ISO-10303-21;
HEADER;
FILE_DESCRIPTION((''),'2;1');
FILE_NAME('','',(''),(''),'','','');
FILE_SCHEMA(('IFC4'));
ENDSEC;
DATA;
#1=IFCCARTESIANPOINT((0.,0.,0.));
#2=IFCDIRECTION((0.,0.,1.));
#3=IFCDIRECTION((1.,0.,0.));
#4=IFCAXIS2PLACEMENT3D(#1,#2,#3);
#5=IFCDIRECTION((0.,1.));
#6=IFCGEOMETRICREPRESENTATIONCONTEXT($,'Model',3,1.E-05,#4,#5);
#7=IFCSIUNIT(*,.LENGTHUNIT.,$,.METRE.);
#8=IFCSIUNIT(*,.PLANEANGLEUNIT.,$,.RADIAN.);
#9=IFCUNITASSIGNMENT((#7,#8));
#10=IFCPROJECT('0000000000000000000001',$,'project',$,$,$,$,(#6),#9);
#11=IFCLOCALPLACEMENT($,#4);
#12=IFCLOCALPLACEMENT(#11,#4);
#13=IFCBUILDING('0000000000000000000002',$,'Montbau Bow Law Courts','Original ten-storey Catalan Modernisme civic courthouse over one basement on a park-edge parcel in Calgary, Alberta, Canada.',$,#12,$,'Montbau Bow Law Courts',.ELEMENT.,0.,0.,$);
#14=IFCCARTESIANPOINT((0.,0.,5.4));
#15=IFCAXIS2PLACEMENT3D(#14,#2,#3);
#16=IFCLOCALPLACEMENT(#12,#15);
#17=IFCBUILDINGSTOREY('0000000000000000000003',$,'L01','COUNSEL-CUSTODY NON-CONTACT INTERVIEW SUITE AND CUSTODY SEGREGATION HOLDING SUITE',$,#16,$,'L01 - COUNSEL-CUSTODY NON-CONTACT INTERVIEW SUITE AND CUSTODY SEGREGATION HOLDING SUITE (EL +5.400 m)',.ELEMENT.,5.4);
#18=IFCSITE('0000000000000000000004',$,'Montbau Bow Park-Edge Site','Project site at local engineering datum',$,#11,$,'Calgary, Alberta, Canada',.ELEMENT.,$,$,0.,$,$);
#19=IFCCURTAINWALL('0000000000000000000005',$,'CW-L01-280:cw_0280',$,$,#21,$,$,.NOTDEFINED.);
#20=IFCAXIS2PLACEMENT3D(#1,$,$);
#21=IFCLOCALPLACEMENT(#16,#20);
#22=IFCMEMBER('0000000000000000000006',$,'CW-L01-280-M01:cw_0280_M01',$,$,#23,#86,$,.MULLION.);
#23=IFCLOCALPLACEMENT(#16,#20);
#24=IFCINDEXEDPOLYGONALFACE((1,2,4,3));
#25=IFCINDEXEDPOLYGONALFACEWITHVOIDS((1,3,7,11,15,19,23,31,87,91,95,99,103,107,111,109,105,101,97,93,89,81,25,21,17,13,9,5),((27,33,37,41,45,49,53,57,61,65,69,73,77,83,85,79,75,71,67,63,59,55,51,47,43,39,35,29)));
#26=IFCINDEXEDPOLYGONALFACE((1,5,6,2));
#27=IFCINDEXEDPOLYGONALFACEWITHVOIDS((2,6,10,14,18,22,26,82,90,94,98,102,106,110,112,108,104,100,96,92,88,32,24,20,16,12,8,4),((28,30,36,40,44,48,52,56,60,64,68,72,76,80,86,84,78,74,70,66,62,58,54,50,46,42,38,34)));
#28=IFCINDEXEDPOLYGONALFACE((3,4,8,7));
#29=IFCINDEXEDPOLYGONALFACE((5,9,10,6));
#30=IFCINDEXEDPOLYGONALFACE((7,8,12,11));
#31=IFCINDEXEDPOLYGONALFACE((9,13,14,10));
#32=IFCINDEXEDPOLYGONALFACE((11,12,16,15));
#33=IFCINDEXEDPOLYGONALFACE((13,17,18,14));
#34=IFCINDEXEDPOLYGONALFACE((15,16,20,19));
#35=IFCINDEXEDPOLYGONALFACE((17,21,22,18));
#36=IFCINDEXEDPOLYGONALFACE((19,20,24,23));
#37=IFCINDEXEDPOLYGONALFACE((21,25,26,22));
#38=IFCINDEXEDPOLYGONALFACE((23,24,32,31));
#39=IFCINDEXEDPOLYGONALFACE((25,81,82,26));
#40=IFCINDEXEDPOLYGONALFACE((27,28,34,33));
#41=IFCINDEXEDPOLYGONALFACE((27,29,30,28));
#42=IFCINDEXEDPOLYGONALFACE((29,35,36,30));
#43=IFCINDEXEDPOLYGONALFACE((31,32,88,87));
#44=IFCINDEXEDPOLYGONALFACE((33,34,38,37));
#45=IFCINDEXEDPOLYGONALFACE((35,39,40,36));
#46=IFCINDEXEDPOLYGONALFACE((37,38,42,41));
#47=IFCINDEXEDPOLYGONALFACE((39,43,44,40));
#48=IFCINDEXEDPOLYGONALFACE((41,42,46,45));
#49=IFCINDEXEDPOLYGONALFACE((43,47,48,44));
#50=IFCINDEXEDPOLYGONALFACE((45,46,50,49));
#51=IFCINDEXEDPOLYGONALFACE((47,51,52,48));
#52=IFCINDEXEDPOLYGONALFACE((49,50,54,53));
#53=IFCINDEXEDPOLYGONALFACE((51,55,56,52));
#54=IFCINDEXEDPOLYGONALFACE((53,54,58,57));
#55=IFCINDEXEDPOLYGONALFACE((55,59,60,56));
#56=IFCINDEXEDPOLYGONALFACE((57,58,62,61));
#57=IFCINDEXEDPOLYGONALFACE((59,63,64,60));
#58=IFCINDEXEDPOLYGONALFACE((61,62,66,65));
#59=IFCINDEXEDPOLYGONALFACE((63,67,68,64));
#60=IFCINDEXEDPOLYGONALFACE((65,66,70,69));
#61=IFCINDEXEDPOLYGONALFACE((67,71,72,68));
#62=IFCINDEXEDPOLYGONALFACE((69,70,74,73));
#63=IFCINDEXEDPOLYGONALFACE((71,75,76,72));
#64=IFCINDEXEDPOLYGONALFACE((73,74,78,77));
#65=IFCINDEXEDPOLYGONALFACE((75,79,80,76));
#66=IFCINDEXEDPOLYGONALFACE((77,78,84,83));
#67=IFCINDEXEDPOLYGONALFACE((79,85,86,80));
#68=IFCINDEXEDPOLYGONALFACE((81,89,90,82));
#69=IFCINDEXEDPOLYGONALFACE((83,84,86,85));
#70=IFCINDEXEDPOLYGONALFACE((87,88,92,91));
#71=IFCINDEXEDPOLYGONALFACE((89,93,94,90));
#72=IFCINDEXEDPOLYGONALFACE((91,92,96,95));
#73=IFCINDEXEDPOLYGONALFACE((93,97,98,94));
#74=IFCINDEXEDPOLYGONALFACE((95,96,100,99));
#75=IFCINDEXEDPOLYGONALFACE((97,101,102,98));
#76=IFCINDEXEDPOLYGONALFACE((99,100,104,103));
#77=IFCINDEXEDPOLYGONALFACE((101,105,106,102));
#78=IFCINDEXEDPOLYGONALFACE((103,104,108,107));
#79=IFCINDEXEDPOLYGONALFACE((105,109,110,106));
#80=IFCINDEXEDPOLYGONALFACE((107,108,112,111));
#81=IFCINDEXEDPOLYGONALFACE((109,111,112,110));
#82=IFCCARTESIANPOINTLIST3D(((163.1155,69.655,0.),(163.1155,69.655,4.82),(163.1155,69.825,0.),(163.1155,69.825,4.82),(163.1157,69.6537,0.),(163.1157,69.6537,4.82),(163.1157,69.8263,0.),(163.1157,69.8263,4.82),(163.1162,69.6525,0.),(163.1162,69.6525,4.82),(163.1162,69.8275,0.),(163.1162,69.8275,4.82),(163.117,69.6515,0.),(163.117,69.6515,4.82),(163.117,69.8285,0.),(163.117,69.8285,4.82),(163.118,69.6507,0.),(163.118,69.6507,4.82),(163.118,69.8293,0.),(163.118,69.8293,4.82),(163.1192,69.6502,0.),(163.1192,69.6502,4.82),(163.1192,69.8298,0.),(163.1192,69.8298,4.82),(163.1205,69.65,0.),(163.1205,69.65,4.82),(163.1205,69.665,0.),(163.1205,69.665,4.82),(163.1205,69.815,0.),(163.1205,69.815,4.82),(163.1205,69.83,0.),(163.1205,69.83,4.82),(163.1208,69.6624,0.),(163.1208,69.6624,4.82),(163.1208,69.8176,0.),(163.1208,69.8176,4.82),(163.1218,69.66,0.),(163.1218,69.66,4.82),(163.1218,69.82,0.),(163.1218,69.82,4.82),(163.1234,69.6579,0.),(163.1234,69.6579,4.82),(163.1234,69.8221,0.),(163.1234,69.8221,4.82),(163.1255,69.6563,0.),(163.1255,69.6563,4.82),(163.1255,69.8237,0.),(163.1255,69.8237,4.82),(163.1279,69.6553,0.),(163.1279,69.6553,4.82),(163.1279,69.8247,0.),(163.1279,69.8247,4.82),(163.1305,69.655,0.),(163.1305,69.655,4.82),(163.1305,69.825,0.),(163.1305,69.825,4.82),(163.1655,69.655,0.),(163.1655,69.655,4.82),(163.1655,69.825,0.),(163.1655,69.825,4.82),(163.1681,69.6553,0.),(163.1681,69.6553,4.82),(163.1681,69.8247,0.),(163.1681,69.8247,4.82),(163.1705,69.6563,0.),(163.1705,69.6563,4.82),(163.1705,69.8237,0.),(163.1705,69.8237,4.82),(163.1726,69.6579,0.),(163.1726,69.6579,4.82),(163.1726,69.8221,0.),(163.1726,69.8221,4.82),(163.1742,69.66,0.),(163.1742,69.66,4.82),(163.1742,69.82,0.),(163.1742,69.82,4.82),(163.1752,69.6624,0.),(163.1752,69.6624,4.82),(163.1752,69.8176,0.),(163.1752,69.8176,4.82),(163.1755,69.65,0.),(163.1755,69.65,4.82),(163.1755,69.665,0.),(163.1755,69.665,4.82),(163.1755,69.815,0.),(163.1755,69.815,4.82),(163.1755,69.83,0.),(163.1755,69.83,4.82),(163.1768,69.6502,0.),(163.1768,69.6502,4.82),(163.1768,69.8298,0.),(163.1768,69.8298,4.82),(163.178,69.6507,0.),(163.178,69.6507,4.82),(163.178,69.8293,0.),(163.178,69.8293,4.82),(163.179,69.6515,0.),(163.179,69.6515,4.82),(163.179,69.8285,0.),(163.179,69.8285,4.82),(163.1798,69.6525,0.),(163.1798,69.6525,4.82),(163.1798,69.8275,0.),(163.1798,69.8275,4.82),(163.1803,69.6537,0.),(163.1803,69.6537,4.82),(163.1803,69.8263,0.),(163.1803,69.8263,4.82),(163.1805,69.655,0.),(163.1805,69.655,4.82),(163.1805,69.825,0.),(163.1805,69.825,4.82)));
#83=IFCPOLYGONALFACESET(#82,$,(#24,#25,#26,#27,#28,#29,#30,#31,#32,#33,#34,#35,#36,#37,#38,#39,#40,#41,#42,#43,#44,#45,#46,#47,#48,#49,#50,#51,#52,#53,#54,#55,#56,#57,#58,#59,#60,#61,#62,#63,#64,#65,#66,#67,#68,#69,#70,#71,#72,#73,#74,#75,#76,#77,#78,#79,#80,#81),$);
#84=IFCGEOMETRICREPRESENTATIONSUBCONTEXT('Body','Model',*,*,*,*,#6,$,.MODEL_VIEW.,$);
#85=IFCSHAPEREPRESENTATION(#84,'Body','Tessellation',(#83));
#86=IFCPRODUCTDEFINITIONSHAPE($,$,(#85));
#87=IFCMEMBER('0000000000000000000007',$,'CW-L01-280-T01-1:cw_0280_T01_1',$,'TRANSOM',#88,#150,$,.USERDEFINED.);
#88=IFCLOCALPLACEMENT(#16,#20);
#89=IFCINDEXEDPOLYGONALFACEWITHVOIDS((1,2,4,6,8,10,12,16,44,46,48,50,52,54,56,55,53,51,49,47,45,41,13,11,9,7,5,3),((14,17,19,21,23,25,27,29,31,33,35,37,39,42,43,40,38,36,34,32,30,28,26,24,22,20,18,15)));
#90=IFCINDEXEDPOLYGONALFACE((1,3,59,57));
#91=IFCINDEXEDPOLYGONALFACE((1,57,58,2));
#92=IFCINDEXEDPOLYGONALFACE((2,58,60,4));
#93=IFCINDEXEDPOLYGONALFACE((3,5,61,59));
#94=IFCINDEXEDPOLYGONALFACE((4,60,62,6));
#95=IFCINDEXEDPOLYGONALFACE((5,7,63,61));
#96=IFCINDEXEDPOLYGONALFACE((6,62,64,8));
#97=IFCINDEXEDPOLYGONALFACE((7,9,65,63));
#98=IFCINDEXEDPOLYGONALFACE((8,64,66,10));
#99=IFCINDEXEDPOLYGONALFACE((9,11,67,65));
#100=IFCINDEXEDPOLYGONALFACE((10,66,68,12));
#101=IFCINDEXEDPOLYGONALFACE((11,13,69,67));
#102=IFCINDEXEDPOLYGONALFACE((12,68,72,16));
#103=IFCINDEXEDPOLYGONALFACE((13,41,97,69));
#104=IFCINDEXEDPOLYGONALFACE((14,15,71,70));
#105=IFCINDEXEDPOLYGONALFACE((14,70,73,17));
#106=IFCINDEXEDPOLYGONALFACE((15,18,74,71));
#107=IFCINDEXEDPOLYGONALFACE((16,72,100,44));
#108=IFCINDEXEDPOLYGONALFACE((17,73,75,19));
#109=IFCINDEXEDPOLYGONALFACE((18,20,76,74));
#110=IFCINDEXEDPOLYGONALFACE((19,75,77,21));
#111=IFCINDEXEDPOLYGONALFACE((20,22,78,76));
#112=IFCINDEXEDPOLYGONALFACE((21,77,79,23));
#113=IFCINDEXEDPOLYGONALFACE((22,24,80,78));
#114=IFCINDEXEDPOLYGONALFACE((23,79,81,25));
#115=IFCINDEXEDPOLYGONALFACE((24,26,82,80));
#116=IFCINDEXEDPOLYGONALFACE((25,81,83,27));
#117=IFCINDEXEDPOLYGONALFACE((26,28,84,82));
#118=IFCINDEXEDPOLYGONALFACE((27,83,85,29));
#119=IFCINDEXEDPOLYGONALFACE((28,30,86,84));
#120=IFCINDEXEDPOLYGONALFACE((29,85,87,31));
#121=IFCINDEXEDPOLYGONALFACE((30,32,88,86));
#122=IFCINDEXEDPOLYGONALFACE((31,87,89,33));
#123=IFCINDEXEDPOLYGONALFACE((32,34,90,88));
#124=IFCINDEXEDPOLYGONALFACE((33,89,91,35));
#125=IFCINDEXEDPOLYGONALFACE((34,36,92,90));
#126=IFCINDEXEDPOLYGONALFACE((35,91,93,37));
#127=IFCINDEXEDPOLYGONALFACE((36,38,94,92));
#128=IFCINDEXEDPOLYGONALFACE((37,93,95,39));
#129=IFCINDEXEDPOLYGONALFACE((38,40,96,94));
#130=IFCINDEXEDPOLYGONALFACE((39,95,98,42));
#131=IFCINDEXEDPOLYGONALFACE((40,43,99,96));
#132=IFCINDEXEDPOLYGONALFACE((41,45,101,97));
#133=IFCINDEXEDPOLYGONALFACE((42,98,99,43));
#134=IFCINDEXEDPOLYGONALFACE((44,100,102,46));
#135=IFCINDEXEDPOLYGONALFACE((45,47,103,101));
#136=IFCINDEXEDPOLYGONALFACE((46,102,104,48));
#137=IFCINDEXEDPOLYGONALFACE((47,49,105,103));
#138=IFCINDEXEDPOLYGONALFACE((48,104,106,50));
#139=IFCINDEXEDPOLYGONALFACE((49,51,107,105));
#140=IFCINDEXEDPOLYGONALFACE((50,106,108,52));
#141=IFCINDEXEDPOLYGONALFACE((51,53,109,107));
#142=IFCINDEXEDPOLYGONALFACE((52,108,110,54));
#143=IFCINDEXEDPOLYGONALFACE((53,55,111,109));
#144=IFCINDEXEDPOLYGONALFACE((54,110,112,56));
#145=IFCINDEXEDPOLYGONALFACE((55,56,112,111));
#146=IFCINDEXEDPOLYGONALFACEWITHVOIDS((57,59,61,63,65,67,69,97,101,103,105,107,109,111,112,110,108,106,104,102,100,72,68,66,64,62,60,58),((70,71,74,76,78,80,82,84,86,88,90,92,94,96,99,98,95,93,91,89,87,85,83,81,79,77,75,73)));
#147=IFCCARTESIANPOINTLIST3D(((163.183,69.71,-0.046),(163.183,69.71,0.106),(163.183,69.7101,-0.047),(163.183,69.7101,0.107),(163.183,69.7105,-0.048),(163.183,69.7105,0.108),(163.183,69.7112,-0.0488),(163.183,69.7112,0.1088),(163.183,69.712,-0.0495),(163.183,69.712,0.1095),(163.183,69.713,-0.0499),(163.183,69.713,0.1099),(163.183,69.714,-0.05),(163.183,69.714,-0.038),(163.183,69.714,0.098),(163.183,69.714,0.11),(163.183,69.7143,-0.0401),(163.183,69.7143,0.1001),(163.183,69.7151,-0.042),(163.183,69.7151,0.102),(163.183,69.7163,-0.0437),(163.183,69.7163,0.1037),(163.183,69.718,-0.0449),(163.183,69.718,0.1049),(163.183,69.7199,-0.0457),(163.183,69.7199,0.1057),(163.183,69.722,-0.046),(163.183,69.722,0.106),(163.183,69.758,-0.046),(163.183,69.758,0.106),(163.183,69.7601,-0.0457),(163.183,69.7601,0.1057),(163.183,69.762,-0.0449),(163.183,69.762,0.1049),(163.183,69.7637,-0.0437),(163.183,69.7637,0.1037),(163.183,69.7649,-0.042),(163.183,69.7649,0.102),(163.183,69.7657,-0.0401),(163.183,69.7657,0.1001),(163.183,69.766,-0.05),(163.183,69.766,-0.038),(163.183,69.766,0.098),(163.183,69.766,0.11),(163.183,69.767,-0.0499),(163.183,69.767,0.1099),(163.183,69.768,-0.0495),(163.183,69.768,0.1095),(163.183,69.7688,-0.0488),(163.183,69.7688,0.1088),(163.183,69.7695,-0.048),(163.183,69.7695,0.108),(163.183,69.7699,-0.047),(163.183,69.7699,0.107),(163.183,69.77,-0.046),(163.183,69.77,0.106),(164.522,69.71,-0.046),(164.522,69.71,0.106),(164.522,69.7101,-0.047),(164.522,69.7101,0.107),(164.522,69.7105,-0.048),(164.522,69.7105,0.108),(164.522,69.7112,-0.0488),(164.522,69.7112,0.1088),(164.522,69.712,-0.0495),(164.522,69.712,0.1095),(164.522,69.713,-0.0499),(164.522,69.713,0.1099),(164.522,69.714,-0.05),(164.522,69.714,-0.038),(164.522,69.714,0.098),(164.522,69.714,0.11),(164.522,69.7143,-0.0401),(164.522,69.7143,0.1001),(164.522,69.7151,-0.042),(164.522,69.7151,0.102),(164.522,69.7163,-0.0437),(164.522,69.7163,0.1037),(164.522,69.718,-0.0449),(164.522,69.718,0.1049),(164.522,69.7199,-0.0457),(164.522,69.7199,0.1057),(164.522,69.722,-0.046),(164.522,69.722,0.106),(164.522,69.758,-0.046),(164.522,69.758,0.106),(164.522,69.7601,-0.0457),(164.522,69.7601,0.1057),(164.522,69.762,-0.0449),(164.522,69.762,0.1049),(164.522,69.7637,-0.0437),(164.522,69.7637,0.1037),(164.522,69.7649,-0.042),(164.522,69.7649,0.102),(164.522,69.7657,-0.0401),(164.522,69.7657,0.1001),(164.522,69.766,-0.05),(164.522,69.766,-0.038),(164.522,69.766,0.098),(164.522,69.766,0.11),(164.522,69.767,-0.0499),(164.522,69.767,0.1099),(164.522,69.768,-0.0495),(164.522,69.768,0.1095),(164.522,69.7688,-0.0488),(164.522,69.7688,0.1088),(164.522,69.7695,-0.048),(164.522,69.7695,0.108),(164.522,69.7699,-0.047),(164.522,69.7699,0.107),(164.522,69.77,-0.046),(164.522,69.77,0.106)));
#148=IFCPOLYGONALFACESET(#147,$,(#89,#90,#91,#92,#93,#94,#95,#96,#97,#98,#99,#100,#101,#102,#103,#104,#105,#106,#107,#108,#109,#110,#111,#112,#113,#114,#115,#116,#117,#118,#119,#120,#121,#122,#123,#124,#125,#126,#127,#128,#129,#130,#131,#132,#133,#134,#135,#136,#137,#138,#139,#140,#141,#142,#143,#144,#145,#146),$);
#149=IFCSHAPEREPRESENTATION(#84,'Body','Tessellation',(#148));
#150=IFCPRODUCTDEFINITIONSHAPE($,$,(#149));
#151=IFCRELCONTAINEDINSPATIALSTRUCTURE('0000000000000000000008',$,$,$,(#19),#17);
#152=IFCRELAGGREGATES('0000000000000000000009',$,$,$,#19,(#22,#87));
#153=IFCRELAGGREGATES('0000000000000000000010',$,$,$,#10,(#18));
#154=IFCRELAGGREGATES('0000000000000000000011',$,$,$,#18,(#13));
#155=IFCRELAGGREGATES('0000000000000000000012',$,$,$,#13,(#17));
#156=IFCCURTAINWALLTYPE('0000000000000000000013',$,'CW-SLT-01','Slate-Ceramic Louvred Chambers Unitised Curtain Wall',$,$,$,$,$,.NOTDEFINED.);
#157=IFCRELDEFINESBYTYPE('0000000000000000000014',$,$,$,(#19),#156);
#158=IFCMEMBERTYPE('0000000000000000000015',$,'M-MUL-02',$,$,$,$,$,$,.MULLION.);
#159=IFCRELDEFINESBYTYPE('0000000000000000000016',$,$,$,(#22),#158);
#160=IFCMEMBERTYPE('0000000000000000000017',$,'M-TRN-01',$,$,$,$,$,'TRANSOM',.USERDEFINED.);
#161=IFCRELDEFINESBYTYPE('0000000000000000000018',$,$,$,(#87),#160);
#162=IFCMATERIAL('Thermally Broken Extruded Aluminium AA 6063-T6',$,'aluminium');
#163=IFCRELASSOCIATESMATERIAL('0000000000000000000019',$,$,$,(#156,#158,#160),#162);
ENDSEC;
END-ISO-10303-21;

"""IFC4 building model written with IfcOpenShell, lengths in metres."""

from ifc_helpers import new_model, si_unit, direction, frame, origin_with_axes, origin_2d_with_axis, place, context, subcontext, project, spatial, hollow_rectangle, extrude, material, material_profile, profile_set, type_object, element, aggregate, save


model = new_model("IFC4")

# Units and contexts
model_context = context("Model", 3, precision=1e-05, world=origin_with_axes(), true_north=direction((0.0, 1.0)))
body_context = subcontext(model_context, "Body", "Model", "MODEL_VIEW")
ifc_project = project(units=[si_unit("LENGTHUNIT", "METRE"), si_unit("PLANEANGLEUNIT", "RADIAN")], contexts=[model_context])

# Site, building, storey
site_placement = place(None, origin_with_axes())
site = spatial("IfcSite", under=ifc_project, at=site_placement, Name="Montbau Bow Park-Edge Site", Description="Project site at local engineering datum", LongName="Calgary, Alberta, Canada", CompositionType="ELEMENT", RefElevation=0.0)
building_placement = place(site_placement, origin_with_axes())
building = spatial("IfcBuilding", under=site, at=building_placement, Name="Montbau Bow Law Courts", Description="Original ten-storey Catalan Modernisme civic courthouse over one basement on a park-edge parcel in Calgary, Alberta, Canada.", LongName="Montbau Bow Law Courts", CompositionType="ELEMENT", ElevationOfRefHeight=0.0, ElevationOfTerrain=0.0)
storey_placement = place(building_placement, frame((0.0, 0.0, 5.4), z_axis=(0.0, 0.0, 1.0), x_axis=(1.0, 0.0, 0.0)))
storey = spatial("IfcBuildingStorey", under=building, at=storey_placement, Name="L01", Description="COUNSEL-CUSTODY NON-CONTACT INTERVIEW SUITE AND CUSTODY SEGREGATION HOLDING SUITE", LongName="L01 - COUNSEL-CUSTODY NON-CONTACT INTERVIEW SUITE AND CUSTODY SEGREGATION HOLDING SUITE (EL +5.400 m)", CompositionType="ELEMENT", Elevation=5.4)

# Curtain wall, members
ifc_material_1 = material(Name="Thermally Broken Extruded Aluminium AA 6063-T6", Category="aluminium")
curtain_wall_type = type_object("IfcCurtainWallType", Name="CW-SLT-01", Description="Slate-Ceramic Louvred Chambers Unitised Curtain Wall", PredefinedType="NOTDEFINED", material=ifc_material_1)
curtain_wall_1_placement = place(None, frame((163.115, 69.74, 5.4), z_axis=(0.0, 0.0, 1.0), x_axis=(1.0, 0.0, 0.0)))
curtain_wall_1 = element("IfcCurtainWall", 1, at=curtain_wall_1_placement, inside=storey, type_object=curtain_wall_type, Name="CW-L01-280:cw_0280", PredefinedType="NOTDEFINED")
ifc_material_profile_1 = material_profile(ifc_material_1, hollow_rectangle(XDim=0.065, YDim=0.18, WallThickness=0.005, InnerFilletRadius=0.01, OuterFilletRadius=0.005, at=origin_2d_with_axis()), Name="CWM-180X65", Category="Main", Priority=0)
ifc_profile_set_1 = profile_set([ifc_material_profile_1], Name="Thermally Broken Extruded Aluminium AA 6063-T6")
member_type_1 = type_object("IfcMemberType", Name="M-MUL-02", PredefinedType="MULLION", material=ifc_profile_set_1)
member_1_placement = place(None, frame((163.148, 69.74, 5.4), z_axis=(0.0, 0.0, 1.0), x_axis=(1.0, 0.0, 0.0)))
member_1 = element("IfcMember", 2, at=member_1_placement, type_object=member_type_1, Name="CW-L01-280-M01:cw_0280_M01", PredefinedType="MULLION", context=body_context, shape_type="SweptSolid", body=[
    extrude(hollow_rectangle(XDim=0.065, YDim=0.18, WallThickness=0.005, InnerFilletRadius=0.01, OuterFilletRadius=0.005, at=origin_2d_with_axis()), origin_with_axes(), (0.0, 0.0, 1.0), 4.82),
])
ifc_material_profile_2 = material_profile(ifc_material_1, hollow_rectangle(XDim=0.06, YDim=0.16, WallThickness=0.004, InnerFilletRadius=0.008, OuterFilletRadius=0.004, at=origin_2d_with_axis()), Name="CWT-160X60", Category="Main", Priority=0)
ifc_profile_set_2 = profile_set([ifc_material_profile_2], Name="Thermally Broken Extruded Aluminium AA 6063-T6")
member_type_2 = type_object("IfcMemberType", Name="M-TRN-01", ElementType="TRANSOM", PredefinedType="USERDEFINED", material=ifc_profile_set_2)
member_2_placement = place(None, frame((163.183, 69.74, 5.43), z_axis=(1.0, 0.0, 0.0), x_axis=(0.0, 1.0, 0.0)))
member_2 = element("IfcMember", 3, at=member_2_placement, type_object=member_type_2, Name="CW-L01-280-T01-1:cw_0280_T01_1", ObjectType="TRANSOM", PredefinedType="USERDEFINED", context=body_context, shape_type="SweptSolid", body=[
    extrude(hollow_rectangle(XDim=0.06, YDim=0.16, WallThickness=0.004, InnerFilletRadius=0.008, OuterFilletRadius=0.004, at=origin_2d_with_axis()), origin_with_axes(), (0.0, 0.0, 1.0), 1.339),
])

aggregate(curtain_wall_1, [member_1, member_2])

save(model, "model.ifc")
